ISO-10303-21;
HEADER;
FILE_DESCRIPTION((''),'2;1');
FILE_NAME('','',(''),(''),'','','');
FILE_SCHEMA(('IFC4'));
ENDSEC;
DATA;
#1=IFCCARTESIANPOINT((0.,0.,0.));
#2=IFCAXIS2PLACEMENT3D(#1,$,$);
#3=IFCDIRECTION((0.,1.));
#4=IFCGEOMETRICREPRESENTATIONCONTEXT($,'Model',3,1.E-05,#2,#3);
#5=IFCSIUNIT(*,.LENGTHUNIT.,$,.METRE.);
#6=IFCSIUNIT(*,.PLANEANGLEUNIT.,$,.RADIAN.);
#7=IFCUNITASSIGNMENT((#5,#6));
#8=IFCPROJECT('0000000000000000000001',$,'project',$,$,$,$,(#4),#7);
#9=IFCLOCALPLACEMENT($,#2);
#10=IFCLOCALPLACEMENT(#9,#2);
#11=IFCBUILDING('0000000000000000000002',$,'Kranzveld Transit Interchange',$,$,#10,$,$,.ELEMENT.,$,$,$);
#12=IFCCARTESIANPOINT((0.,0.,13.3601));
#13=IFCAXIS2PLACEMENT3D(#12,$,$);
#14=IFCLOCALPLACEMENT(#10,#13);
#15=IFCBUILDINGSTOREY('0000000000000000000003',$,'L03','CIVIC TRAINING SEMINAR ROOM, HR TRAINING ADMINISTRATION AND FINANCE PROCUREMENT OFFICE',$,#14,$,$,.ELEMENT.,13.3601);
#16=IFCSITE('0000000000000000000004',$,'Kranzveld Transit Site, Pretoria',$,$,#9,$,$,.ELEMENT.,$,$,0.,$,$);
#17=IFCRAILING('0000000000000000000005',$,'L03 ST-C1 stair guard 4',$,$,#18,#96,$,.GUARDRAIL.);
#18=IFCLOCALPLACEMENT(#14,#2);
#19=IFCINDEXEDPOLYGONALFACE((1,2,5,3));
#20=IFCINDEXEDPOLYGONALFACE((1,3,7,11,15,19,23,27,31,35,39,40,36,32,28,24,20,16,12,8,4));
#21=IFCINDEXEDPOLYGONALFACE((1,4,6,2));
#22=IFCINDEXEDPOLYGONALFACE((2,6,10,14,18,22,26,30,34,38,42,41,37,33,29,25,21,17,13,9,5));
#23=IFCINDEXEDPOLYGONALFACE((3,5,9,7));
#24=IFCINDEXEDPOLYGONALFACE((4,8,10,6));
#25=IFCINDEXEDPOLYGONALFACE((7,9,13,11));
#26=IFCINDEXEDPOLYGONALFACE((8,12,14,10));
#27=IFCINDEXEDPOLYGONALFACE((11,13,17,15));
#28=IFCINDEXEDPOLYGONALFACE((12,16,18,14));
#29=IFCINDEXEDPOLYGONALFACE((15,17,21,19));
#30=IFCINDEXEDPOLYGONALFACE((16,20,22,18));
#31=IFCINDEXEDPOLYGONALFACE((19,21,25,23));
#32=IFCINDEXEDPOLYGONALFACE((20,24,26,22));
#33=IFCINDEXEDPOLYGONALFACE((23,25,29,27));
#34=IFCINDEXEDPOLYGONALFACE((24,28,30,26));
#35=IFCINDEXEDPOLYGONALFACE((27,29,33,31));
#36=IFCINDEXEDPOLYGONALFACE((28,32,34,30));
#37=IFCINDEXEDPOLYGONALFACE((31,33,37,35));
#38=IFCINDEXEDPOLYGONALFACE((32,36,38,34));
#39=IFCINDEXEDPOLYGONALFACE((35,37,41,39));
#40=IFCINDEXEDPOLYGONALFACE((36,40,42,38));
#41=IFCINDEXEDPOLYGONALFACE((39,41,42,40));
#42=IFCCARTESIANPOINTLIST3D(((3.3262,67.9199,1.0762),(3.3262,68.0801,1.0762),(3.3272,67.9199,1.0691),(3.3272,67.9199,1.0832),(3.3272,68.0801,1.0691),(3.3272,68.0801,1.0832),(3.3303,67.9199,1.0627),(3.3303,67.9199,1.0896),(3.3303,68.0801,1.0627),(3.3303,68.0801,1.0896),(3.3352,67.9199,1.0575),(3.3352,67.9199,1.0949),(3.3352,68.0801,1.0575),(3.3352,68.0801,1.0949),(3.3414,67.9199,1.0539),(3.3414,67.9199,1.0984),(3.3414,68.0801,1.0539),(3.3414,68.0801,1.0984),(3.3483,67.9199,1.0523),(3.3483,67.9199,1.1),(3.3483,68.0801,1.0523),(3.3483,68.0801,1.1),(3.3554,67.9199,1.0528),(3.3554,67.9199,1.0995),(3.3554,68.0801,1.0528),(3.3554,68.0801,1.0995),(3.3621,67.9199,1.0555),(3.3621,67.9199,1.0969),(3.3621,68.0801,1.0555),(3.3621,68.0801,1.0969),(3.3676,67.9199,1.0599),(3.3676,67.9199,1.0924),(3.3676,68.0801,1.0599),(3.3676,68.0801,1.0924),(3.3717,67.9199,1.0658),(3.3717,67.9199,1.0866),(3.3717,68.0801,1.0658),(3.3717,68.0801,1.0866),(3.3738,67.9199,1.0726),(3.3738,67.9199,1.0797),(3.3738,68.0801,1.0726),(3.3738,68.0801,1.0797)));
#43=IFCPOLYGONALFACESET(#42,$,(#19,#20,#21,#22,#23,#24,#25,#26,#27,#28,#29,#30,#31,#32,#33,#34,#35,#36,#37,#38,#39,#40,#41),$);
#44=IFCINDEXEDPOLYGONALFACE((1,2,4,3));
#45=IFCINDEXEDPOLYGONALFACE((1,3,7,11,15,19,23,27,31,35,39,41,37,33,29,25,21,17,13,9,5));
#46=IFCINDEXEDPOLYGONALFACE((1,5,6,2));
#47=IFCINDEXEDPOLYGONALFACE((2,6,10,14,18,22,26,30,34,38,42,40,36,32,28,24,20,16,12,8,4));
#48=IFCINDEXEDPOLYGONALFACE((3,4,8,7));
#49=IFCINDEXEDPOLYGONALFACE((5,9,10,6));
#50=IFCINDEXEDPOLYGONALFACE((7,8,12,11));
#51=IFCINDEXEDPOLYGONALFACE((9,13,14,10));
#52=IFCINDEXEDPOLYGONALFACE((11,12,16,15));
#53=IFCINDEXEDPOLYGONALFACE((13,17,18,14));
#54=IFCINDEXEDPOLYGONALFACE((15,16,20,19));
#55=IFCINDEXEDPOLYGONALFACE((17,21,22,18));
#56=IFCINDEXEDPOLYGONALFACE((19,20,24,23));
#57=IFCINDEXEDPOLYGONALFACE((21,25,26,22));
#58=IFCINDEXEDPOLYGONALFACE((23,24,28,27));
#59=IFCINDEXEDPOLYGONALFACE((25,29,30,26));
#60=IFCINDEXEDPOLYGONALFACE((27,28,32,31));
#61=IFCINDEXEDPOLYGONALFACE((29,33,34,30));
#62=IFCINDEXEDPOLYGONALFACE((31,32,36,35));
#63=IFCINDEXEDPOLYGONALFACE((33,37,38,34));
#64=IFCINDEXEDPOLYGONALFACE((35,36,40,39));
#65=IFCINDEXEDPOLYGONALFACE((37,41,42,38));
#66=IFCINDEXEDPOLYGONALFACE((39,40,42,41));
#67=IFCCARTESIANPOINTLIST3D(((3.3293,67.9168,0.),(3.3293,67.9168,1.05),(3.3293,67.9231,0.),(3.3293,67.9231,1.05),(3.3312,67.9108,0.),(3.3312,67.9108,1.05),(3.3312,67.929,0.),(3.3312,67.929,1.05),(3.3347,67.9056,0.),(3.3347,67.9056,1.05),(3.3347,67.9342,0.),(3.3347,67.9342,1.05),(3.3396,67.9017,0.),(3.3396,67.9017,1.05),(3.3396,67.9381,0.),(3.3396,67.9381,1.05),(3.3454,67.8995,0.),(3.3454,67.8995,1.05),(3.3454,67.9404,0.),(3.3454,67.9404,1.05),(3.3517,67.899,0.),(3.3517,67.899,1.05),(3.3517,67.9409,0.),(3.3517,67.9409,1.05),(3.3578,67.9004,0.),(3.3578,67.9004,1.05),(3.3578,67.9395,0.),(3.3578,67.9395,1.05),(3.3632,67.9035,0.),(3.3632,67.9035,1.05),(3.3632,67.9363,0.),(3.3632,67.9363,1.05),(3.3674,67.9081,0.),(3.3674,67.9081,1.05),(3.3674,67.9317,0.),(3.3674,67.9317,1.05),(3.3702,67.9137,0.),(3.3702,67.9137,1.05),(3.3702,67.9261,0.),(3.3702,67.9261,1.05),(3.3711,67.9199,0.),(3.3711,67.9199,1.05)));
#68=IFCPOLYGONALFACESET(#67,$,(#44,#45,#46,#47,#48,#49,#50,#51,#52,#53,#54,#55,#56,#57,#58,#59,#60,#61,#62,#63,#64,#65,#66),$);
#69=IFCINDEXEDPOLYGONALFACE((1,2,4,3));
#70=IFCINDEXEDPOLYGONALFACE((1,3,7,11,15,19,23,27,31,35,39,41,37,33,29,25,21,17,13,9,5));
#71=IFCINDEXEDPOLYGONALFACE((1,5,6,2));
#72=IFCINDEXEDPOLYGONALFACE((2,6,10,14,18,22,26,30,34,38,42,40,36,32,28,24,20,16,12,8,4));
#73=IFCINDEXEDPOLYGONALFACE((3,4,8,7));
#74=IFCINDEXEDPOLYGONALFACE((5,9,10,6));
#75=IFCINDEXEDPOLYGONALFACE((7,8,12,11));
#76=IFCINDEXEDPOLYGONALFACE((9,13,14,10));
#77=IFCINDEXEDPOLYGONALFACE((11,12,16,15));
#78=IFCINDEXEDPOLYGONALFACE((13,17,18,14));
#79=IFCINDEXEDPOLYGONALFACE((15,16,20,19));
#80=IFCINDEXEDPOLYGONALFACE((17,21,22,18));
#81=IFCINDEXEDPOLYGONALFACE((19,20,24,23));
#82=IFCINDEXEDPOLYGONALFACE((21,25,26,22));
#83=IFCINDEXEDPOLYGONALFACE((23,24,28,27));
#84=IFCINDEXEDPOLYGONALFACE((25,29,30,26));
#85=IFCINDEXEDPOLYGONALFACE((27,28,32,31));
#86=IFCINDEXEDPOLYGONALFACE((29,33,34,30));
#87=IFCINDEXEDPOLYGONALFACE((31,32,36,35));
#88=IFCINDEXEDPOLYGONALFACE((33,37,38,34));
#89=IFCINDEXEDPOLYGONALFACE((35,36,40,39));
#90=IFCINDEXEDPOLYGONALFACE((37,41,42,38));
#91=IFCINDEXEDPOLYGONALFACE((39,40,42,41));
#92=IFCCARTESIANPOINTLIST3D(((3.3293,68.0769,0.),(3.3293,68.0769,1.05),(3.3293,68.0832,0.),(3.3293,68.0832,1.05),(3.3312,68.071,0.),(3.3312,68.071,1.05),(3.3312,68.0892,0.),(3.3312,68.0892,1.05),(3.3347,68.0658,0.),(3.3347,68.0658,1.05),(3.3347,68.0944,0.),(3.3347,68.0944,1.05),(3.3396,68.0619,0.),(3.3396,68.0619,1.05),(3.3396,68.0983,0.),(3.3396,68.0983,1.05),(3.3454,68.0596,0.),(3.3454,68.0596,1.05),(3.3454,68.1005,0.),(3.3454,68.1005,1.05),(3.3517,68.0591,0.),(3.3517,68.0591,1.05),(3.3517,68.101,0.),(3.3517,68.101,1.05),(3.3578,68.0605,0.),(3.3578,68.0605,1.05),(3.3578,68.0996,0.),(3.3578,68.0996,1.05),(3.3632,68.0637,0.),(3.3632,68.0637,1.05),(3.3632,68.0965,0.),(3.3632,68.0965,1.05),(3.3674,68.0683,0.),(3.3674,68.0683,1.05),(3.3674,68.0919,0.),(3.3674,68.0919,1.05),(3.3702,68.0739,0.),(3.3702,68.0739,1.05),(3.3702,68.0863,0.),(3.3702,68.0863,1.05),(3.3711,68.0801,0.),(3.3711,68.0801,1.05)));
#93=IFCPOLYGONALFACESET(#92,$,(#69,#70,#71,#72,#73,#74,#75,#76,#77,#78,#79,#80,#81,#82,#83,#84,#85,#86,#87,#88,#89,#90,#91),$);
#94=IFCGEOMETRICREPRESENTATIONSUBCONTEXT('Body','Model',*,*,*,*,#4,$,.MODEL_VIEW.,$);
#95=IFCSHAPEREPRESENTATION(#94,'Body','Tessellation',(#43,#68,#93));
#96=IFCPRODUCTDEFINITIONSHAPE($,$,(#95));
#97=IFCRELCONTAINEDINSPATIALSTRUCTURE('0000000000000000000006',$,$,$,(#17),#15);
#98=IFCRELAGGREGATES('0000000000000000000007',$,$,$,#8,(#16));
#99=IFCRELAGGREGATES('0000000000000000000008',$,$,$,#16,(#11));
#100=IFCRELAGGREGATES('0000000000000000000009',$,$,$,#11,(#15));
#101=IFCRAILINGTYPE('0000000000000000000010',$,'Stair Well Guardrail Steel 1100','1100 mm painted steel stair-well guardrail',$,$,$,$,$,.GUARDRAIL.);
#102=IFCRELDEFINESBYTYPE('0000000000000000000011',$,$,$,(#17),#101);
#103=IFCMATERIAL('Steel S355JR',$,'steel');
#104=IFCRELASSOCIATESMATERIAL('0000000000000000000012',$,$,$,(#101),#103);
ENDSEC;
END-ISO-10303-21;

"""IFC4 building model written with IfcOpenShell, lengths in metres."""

from ifc_helpers import new_model, si_unit, direction, frame, origin, origin_2d, place, context, subcontext, project, spatial, circle, extrude, material, type_object, element, save


model = new_model("IFC4")

# Units and contexts
model_context = context("Model", 3, precision=1e-05, world=origin(), true_north=direction((0.0, 1.0)))
body_context = subcontext(model_context, "Body", "Model", "MODEL_VIEW")
ifc_project = project(units=[si_unit("LENGTHUNIT", "METRE"), si_unit("PLANEANGLEUNIT", "RADIAN")], contexts=[model_context])

# Site, building, storey
site_placement = place(None, origin())
site = spatial("IfcSite", under=ifc_project, at=site_placement, Name="Kranzveld Transit Site, Pretoria", CompositionType="ELEMENT", RefElevation=0.0)
building_placement = place(site_placement, origin())
building = spatial("IfcBuilding", under=site, at=building_placement, Name="Kranzveld Transit Interchange", CompositionType="ELEMENT")
storey_placement = place(building_placement, frame((0.0, 0.0, 13.3601)))
storey = spatial("IfcBuildingStorey", under=building, at=storey_placement, Name="L03", Description="CIVIC TRAINING SEMINAR ROOM, HR TRAINING ADMINISTRATION AND FINANCE PROCUREMENT OFFICE", CompositionType="ELEMENT", Elevation=13.3601)

# Railing
ifc_material_1 = material(Name="Steel S355JR", Category="steel")
railing_type_1 = type_object("IfcRailingType", Name="Stair Well Guardrail Steel 1100", Description="1100 mm painted steel stair-well guardrail", PredefinedType="GUARDRAIL", material=ifc_material_1)
railing_1_placement = place(storey_placement, frame((3.3501, 67.9199, 0.0)))
element("IfcRailing", 1, at=railing_1_placement, inside=storey, type_object=railing_type_1, Name="L03 ST-C1 stair guard 4", PredefinedType="GUARDRAIL", context=body_context, shape_type="SweptSolid", body=[
    extrude(circle(Radius=0.0239, at=origin_2d()), frame((0.0, 0.0, 1.0762), z_axis=(0.0, 1.0, 0.0), x_axis=(-1.0, 0.0, 0.0)), (0.0, 0.0, 1.0), 0.1602),
    extrude(circle(Radius=0.021, at=origin_2d()), origin(), (0.0, 0.0, 1.0), 1.05),
    extrude(circle(Radius=0.021, at=origin_2d()), frame((0.0, 0.1602, 0.0)), (0.0, 0.0, 1.0), 1.05),
])

save(model, "model.ifc")
